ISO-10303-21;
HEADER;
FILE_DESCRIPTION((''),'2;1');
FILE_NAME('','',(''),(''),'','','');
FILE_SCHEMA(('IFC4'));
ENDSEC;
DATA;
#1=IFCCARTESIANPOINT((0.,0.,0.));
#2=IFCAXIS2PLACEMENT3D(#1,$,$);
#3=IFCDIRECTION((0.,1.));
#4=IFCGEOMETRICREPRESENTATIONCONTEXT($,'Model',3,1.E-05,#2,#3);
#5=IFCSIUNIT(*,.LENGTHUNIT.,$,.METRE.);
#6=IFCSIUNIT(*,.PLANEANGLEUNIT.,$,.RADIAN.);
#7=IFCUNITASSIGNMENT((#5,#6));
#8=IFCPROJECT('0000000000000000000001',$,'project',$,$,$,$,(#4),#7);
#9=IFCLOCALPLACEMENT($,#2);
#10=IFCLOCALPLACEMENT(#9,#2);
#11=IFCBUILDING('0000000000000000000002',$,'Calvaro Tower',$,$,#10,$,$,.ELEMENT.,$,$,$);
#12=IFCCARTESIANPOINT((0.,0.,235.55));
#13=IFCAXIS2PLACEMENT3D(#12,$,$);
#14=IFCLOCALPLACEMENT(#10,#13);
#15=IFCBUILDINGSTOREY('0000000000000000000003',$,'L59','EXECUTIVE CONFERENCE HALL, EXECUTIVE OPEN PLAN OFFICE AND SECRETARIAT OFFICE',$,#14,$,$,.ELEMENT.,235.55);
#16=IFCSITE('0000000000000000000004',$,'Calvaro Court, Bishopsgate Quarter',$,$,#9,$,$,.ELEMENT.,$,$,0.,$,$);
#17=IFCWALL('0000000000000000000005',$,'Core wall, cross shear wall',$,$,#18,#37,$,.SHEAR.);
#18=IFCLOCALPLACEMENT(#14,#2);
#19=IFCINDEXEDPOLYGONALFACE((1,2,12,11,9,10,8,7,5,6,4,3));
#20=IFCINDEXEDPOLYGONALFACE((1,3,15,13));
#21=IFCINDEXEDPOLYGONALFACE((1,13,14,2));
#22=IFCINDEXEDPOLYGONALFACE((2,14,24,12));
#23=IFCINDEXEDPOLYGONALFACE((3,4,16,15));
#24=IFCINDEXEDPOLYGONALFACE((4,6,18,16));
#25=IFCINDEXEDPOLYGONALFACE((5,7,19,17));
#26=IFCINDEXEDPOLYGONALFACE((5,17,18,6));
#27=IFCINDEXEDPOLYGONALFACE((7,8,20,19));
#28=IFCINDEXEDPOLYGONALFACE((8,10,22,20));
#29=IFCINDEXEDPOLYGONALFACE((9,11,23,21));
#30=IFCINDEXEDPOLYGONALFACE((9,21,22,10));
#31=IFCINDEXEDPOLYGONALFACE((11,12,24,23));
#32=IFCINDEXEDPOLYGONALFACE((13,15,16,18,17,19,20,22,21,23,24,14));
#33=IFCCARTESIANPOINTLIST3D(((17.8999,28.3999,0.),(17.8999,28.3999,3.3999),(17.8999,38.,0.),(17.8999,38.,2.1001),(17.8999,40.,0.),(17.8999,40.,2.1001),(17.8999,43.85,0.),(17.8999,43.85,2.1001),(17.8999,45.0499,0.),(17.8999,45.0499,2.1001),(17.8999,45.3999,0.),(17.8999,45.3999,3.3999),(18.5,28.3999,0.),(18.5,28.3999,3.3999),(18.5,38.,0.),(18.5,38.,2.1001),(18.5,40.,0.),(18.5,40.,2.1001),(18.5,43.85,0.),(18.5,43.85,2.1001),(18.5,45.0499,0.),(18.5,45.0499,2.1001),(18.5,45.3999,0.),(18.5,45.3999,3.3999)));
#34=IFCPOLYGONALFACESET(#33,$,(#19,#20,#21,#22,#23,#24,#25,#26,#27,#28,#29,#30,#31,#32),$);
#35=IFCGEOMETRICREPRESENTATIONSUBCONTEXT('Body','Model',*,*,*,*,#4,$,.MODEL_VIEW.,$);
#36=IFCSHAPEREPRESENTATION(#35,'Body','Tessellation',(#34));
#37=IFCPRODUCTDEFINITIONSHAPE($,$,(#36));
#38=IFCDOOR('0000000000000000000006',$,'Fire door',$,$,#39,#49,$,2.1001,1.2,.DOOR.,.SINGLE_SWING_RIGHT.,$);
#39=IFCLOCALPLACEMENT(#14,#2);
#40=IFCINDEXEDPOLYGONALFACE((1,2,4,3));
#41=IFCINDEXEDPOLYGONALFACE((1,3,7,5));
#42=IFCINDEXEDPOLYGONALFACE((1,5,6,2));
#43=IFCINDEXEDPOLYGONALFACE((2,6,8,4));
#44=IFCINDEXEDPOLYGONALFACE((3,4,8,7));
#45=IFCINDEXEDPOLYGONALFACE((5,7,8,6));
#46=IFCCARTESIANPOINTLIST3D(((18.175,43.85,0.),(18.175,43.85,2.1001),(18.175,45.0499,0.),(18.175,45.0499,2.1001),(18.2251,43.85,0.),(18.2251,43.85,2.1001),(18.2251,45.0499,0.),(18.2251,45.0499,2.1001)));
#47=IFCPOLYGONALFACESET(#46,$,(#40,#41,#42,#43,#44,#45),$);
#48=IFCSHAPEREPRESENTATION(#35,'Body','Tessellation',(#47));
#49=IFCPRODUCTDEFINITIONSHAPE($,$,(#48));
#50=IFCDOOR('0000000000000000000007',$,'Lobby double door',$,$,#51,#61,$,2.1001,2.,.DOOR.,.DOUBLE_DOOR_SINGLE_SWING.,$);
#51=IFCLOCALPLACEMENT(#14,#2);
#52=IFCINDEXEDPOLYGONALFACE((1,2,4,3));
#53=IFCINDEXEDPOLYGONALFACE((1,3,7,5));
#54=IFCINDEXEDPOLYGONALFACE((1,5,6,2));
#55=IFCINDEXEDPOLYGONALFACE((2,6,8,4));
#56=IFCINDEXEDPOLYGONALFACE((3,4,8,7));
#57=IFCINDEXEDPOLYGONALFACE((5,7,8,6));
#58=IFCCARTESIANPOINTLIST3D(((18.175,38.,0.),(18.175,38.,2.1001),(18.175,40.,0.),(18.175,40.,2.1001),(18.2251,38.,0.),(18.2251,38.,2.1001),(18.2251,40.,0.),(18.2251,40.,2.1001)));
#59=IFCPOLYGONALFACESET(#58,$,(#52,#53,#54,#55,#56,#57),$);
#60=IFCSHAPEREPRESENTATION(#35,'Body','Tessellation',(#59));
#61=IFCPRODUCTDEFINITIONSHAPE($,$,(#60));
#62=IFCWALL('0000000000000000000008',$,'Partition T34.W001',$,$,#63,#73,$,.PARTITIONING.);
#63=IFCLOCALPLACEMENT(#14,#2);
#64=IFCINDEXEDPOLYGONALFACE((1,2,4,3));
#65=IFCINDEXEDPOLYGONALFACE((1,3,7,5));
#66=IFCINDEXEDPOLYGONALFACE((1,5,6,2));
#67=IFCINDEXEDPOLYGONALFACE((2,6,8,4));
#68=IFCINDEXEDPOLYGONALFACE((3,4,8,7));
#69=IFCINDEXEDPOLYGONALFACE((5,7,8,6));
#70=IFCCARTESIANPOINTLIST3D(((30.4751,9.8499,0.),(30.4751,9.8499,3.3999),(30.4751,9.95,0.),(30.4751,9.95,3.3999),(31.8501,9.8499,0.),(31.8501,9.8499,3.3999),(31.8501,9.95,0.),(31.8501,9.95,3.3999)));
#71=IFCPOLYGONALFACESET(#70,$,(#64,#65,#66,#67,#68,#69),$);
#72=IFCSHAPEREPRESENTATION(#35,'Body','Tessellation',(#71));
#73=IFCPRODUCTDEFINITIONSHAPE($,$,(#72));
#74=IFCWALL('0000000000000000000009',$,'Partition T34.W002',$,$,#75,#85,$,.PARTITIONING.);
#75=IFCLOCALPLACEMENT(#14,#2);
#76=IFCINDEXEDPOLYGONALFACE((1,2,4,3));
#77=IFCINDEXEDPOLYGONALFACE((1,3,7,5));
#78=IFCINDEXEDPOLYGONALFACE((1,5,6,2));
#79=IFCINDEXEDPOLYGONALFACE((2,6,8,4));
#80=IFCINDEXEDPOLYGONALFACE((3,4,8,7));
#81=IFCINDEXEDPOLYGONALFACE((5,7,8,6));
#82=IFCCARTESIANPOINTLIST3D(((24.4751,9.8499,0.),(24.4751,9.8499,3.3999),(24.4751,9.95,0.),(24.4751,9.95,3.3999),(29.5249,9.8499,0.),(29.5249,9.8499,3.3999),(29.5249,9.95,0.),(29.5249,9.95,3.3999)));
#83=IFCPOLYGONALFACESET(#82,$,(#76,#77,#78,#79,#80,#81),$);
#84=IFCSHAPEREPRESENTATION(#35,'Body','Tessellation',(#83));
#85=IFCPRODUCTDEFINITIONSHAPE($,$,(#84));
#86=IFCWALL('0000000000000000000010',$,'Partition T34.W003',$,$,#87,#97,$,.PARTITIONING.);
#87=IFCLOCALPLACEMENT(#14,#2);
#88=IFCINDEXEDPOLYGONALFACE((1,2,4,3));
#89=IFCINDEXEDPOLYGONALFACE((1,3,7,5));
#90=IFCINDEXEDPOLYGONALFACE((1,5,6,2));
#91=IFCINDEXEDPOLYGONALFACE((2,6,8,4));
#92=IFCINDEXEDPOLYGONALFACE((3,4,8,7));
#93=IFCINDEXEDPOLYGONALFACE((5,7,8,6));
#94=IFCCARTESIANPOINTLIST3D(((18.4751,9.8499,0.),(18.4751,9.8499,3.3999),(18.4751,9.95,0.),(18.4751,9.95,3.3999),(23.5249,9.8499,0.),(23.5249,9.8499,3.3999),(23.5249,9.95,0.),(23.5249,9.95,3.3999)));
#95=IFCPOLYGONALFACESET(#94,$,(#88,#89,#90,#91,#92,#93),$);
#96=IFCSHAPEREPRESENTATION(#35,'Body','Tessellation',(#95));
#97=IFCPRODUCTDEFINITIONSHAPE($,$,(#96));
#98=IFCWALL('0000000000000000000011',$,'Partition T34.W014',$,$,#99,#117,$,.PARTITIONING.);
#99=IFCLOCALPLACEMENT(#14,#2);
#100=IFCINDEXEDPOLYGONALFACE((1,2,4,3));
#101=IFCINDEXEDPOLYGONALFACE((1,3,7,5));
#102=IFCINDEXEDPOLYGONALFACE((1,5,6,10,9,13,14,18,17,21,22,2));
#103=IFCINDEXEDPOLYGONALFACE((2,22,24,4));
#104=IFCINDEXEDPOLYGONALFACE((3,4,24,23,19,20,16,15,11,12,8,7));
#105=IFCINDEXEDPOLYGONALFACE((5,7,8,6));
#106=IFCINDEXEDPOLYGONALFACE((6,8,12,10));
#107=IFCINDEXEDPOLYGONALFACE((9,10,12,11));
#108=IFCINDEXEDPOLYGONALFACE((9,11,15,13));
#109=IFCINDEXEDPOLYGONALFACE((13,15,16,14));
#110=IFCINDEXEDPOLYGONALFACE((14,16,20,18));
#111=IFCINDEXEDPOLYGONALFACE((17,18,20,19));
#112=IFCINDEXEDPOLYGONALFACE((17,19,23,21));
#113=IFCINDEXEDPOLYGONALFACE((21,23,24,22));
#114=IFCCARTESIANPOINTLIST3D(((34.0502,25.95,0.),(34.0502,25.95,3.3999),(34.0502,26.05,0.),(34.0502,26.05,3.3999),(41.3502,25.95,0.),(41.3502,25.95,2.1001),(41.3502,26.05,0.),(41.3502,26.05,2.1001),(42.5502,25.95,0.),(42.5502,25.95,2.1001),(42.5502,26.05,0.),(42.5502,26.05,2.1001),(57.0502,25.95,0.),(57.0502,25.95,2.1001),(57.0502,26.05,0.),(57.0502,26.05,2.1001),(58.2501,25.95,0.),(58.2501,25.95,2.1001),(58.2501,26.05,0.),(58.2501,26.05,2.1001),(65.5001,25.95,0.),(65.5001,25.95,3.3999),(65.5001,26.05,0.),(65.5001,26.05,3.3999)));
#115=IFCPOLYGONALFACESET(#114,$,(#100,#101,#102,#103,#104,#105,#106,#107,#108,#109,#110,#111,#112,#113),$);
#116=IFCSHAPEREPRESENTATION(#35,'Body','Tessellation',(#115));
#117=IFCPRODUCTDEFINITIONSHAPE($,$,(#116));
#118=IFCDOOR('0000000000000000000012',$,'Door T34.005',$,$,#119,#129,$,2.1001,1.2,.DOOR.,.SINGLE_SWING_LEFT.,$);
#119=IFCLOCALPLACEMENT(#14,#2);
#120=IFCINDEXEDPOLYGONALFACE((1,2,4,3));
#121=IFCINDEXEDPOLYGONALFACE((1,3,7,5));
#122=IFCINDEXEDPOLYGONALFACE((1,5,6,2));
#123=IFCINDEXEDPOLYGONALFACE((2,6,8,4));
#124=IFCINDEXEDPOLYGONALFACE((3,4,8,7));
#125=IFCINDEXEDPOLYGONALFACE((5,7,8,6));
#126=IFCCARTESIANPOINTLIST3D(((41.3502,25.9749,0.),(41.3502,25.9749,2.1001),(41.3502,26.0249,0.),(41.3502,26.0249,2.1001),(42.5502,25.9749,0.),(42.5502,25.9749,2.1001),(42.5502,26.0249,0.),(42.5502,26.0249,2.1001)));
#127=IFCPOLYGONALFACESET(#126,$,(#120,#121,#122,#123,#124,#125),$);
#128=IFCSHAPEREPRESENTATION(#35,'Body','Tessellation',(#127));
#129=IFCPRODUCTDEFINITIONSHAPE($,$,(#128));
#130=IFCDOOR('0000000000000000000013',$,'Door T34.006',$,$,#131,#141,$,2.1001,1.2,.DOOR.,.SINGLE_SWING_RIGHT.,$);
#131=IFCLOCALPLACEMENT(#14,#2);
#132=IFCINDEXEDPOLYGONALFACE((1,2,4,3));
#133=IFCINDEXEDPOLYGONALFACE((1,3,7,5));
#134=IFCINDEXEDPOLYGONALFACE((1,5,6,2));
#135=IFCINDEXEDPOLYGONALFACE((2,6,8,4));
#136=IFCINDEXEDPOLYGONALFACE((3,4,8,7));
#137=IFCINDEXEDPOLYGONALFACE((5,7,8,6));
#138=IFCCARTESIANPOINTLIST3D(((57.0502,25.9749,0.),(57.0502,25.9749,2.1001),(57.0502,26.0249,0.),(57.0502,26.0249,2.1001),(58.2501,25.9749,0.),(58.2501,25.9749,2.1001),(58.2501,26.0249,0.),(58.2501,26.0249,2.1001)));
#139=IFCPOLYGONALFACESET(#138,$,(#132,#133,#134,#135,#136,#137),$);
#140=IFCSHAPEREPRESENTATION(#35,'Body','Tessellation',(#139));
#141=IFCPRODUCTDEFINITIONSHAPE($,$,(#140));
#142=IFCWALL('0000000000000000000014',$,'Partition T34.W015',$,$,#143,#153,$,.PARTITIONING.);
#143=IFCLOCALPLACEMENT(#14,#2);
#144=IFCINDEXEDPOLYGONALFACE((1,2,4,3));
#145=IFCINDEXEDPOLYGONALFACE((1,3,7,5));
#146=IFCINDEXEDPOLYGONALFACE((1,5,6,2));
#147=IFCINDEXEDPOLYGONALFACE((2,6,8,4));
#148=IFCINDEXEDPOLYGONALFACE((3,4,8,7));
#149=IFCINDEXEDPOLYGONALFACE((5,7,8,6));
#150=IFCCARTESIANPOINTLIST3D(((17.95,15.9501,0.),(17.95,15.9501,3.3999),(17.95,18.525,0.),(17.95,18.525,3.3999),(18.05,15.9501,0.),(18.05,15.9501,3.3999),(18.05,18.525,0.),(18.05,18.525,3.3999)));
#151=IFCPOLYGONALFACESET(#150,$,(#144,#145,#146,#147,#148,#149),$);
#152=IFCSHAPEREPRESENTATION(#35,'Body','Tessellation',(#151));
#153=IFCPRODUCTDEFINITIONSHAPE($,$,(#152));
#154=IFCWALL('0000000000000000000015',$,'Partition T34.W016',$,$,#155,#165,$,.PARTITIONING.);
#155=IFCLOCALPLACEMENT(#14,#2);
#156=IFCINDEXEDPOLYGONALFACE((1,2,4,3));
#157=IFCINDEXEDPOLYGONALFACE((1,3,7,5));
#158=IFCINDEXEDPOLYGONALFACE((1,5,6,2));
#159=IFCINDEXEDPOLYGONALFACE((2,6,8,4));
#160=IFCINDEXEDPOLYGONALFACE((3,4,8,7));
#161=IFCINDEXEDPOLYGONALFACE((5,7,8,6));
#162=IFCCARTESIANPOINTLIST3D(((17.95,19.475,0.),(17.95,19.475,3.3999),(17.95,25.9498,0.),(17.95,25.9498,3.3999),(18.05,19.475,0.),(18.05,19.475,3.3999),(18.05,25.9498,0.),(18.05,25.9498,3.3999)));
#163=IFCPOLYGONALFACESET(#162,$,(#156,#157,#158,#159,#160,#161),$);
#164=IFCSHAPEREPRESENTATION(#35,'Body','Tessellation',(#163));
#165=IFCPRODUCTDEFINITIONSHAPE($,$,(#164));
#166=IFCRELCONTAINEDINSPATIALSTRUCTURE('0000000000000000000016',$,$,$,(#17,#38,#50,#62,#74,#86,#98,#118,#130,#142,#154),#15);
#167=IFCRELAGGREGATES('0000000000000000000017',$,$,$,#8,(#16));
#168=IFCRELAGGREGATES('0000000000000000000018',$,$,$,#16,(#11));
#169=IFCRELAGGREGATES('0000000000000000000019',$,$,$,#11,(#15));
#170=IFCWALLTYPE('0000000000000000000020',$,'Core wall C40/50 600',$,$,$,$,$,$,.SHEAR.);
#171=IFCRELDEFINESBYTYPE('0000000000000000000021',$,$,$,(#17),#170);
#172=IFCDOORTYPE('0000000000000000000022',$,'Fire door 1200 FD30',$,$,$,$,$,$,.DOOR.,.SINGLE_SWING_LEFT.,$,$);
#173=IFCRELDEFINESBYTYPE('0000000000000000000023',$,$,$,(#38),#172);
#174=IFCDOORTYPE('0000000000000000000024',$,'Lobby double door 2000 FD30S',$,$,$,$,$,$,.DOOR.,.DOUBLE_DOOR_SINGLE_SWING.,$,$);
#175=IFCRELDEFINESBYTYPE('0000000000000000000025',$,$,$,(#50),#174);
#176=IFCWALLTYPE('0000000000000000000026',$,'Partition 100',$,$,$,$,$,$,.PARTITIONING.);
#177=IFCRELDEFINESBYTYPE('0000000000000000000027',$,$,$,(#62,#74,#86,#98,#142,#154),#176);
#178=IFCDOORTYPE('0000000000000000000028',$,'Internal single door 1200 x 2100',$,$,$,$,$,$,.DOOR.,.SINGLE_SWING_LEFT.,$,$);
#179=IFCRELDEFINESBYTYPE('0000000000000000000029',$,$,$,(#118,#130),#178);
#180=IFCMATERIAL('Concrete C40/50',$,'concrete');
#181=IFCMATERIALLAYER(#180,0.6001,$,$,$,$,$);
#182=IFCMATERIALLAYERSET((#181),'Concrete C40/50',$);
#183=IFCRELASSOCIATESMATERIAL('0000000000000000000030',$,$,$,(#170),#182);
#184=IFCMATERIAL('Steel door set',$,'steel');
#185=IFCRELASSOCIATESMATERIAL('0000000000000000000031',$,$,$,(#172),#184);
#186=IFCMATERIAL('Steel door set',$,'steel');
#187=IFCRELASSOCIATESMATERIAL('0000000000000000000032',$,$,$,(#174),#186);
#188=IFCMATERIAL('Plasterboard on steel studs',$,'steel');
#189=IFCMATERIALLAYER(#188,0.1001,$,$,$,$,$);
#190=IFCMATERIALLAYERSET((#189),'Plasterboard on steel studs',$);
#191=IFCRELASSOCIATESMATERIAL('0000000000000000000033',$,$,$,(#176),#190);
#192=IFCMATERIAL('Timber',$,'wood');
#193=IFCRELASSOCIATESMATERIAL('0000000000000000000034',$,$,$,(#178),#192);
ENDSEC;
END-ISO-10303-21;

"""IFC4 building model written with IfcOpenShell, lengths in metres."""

from ifc_helpers import new_model, si_unit, direction, frame, frame_2d, origin, place, context, subcontext, project, spatial, rectangle, extrude, material, layer, layer_set, type_object, element, fill, save


model = new_model("IFC4")

# Units and contexts
model_context = context("Model", 3, precision=1e-05, world=origin(), true_north=direction((0.0, 1.0)))
body_context = subcontext(model_context, "Body", "Model", "MODEL_VIEW")
ifc_project = project(units=[si_unit("LENGTHUNIT", "METRE"), si_unit("PLANEANGLEUNIT", "RADIAN")], contexts=[model_context])

# Site, building, storey
site_placement = place(None, origin())
site = spatial("IfcSite", under=ifc_project, at=site_placement, Name="Calvaro Court, Bishopsgate Quarter", CompositionType="ELEMENT", RefElevation=0.0)
building_placement = place(site_placement, origin())
building = spatial("IfcBuilding", under=site, at=building_placement, Name="Calvaro Tower", CompositionType="ELEMENT")
storey_placement = place(building_placement, frame((0.0, 0.0, 235.55)))
storey = spatial("IfcBuildingStorey", under=building, at=storey_placement, Name="L59", Description="EXECUTIVE CONFERENCE HALL, EXECUTIVE OPEN PLAN OFFICE AND SECRETARIAT OFFICE", CompositionType="ELEMENT", Elevation=235.55)

# Wall, openings, doors
ifc_material_1 = material(Name="Concrete C40/50", Category="concrete")
ifc_layer_1 = layer(ifc_material_1, 0.6001)
ifc_layer_set_1 = layer_set([ifc_layer_1], Name="Concrete C40/50")
wall_type_1 = type_object("IfcWallType", Name="Core wall C40/50 600", PredefinedType="SHEAR", material=ifc_layer_set_1)
wall_1_placement = place(storey_placement, frame((18.2, 28.3999, 0.0), z_axis=(0.0, 0.0, 1.0), x_axis=(0.0, 1.0, 0.0)))
wall_1 = element("IfcWall", 1, at=wall_1_placement, inside=storey, type_object=wall_type_1, Name="Core wall, cross shear wall", PredefinedType="SHEAR", context=body_context, shape_type="SweptSolid", body=[
    extrude(rectangle(XDim=17.0, YDim=0.6001, at=frame_2d((8.5, 0.0))), origin(), (0.0, 0.0, 1.0), 3.3999),
])
opening_1_placement = place(wall_1_placement, frame((9.6001, 0.0, 0.0)))
opening_1 = element("IfcOpeningElement", 2, at=opening_1_placement, cuts=wall_1, PredefinedType="OPENING", context=body_context, shape_type="SweptSolid", body=[
    extrude(rectangle(XDim=2.0, YDim=2.1001, at=frame_2d((1.0, 1.05))), frame((0.0, 0.3101, 0.0), z_axis=(0.0, -1.0, 0.0), x_axis=(1.0, 0.0, 0.0)), (0.0, 0.0, 1.0), 0.6201),
])
opening_2_placement = place(wall_1_placement, frame((15.45, 0.0, 0.0)))
opening_2 = element("IfcOpeningElement", 3, at=opening_2_placement, cuts=wall_1, PredefinedType="OPENING", context=body_context, shape_type="SweptSolid", body=[
    extrude(rectangle(XDim=1.2, YDim=2.1001, at=frame_2d((0.6001, 1.05))), frame((0.0, 0.3101, 0.0), z_axis=(0.0, -1.0, 0.0), x_axis=(1.0, 0.0, 0.0)), (0.0, 0.0, 1.0), 0.6201),
])
ifc_material_2 = material(Name="Steel door set", Category="steel")
door_type_1 = type_object("IfcDoorType", Name="Fire door 1200 FD30", OperationType="SINGLE_SWING_LEFT", PredefinedType="DOOR", material=ifc_material_2)
door_1_placement = place(opening_2_placement, origin())
door_1 = element("IfcDoor", 4, at=door_1_placement, inside=storey, type_object=door_type_1, Name="Fire door", OperationType="SINGLE_SWING_RIGHT", OverallHeight=2.1001, OverallWidth=1.2, PredefinedType="DOOR", context=body_context, shape_type="SweptSolid", body=[
    extrude(rectangle(XDim=1.2, YDim=2.1001, at=frame_2d((0.6001, 1.05))), frame((0.0, 0.0249, 0.0), z_axis=(0.0, -1.0, 0.0), x_axis=(1.0, 0.0, 0.0)), (0.0, 0.0, 1.0), 0.05),
])
fill(opening_2, door_1)
ifc_material_3 = material(Name="Steel door set", Category="steel")
door_type_2 = type_object("IfcDoorType", Name="Lobby double door 2000 FD30S", OperationType="DOUBLE_DOOR_SINGLE_SWING", PredefinedType="DOOR", material=ifc_material_3)
door_2_placement = place(opening_1_placement, origin())
door_2 = element("IfcDoor", 5, at=door_2_placement, inside=storey, type_object=door_type_2, Name="Lobby double door", OperationType="DOUBLE_DOOR_SINGLE_SWING", OverallHeight=2.1001, OverallWidth=2.0, PredefinedType="DOOR", context=body_context, shape_type="SweptSolid", body=[
    extrude(rectangle(XDim=2.0, YDim=2.1001, at=frame_2d((1.0, 1.05))), frame((0.0, 0.0249, 0.0), z_axis=(0.0, -1.0, 0.0), x_axis=(1.0, 0.0, 0.0)), (0.0, 0.0, 1.0), 0.05),
])
fill(opening_1, door_2)

# Walls
ifc_material_4 = material(Name="Plasterboard on steel studs", Category="steel")
ifc_layer_2 = layer(ifc_material_4, 0.1001)
ifc_layer_set_2 = layer_set([ifc_layer_2], Name="Plasterboard on steel studs")
wall_type_2 = type_object("IfcWallType", Name="Partition 100", PredefinedType="PARTITIONING", material=ifc_layer_set_2)
wall_2_placement = place(storey_placement, frame((30.4751, 9.8999, 0.0), z_axis=(0.0, 0.0, 1.0), x_axis=(1.0, 0.0, 0.0)))
element("IfcWall", 6, at=wall_2_placement, inside=storey, type_object=wall_type_2, Name="Partition T34.W001", PredefinedType="PARTITIONING", context=body_context, shape_type="SweptSolid", body=[
    extrude(rectangle(XDim=1.375, YDim=0.1001, at=frame_2d((0.6875, 0.0))), origin(), (0.0, 0.0, 1.0), 3.3999),
])
for number, where, z_axis, x_axis, name in (
    (7, (24.4751, 9.8999, 0.0), (0.0, 0.0, 1.0), (1.0, 0.0, 0.0), "Partition T34.W002"),
    (8, (18.4751, 9.8999, 0.0), (0.0, 0.0, 1.0), (1.0, 0.0, 0.0), "Partition T34.W003"),
):
    element("IfcWall", number, at=place(storey_placement, frame(where, z_axis=z_axis, x_axis=x_axis)), inside=storey, type_object=wall_type_2, Name=name, PredefinedType="PARTITIONING", context=body_context, shape_type="SweptSolid", body=[
        extrude(rectangle(XDim=5.0498, YDim=0.1001, at=frame_2d((2.5249, 0.0))), origin(), (0.0, 0.0, 1.0), 3.3999),
    ])

# Wall, openings, doors
wall_3_placement = place(storey_placement, frame((34.05, 26.0, 0.0), z_axis=(0.0, 0.0, 1.0), x_axis=(1.0, 0.0, 0.0)))
wall_3 = element("IfcWall", 9, at=wall_3_placement, inside=storey, type_object=wall_type_2, Name="Partition T34.W014", PredefinedType="PARTITIONING", context=body_context, shape_type="SweptSolid", body=[
    extrude(rectangle(XDim=31.45, YDim=0.1001, at=frame_2d((15.7251, 0.0))), origin(), (0.0, 0.0, 1.0), 3.3999),
])
opening_3_placement = place(wall_3_placement, frame((7.3, 0.0, 0.0)))
opening_3 = element("IfcOpeningElement", 10, at=opening_3_placement, cuts=wall_3, PredefinedType="OPENING", context=body_context, shape_type="SweptSolid", body=[
    extrude(rectangle(XDim=1.2, YDim=2.1001, at=frame_2d((0.6001, 1.05))), frame((0.0, 0.0601, 0.0), z_axis=(0.0, -1.0, 0.0), x_axis=(1.0, 0.0, 0.0)), (0.0, 0.0, 1.0), 0.1201),
])
opening_4_placement = place(wall_3_placement, frame((23.0, 0.0, 0.0)))
opening_4 = element("IfcOpeningElement", 11, at=opening_4_placement, cuts=wall_3, PredefinedType="OPENING", context=body_context, shape_type="SweptSolid", body=[
    extrude(rectangle(XDim=1.2, YDim=2.1001, at=frame_2d((0.6001, 1.05))), frame((0.0, 0.0601, 0.0), z_axis=(0.0, -1.0, 0.0), x_axis=(1.0, 0.0, 0.0)), (0.0, 0.0, 1.0), 0.1201),
])
ifc_material_5 = material(Name="Timber", Category="wood")
door_type_3 = type_object("IfcDoorType", Name="Internal single door 1200 x 2100", OperationType="SINGLE_SWING_LEFT", PredefinedType="DOOR", material=ifc_material_5)
door_3_placement = place(opening_3_placement, origin())
door_3 = element("IfcDoor", 12, at=door_3_placement, inside=storey, type_object=door_type_3, Name="Door T34.005", OperationType="SINGLE_SWING_LEFT", OverallHeight=2.1001, OverallWidth=1.2, PredefinedType="DOOR", context=body_context, shape_type="SweptSolid", body=[
    extrude(rectangle(XDim=1.2, YDim=2.1001, at=frame_2d((0.6001, 1.05))), frame((0.0, 0.0249, 0.0), z_axis=(0.0, -1.0, 0.0), x_axis=(1.0, 0.0, 0.0)), (0.0, 0.0, 1.0), 0.05),
])
fill(opening_3, door_3)
door_4_placement = place(opening_4_placement, origin())
door_4 = element("IfcDoor", 13, at=door_4_placement, inside=storey, type_object=door_type_3, Name="Door T34.006", OperationType="SINGLE_SWING_RIGHT", OverallHeight=2.1001, OverallWidth=1.2, PredefinedType="DOOR", context=body_context, shape_type="SweptSolid", body=[
    extrude(rectangle(XDim=1.2, YDim=2.1001, at=frame_2d((0.6001, 1.05))), frame((0.0, 0.0249, 0.0), z_axis=(0.0, -1.0, 0.0), x_axis=(1.0, 0.0, 0.0)), (0.0, 0.0, 1.0), 0.05),
])
fill(opening_4, door_4)

# Walls
wall_4_placement = place(storey_placement, frame((18.0, 15.95, 0.0), z_axis=(0.0, 0.0, 1.0), x_axis=(0.0, 1.0, 0.0)))
element("IfcWall", 14, at=wall_4_placement, inside=storey, type_object=wall_type_2, Name="Partition T34.W015", PredefinedType="PARTITIONING", context=body_context, shape_type="SweptSolid", body=[
    extrude(rectangle(XDim=2.575, YDim=0.1001, at=frame_2d((1.2876, 0.0))), origin(), (0.0, 0.0, 1.0), 3.3999),
])
wall_5_placement = place(storey_placement, frame((18.0, 19.4751, 0.0), z_axis=(0.0, 0.0, 1.0), x_axis=(0.0, 1.0, 0.0)))
element("IfcWall", 15, at=wall_5_placement, inside=storey, type_object=wall_type_2, Name="Partition T34.W016", PredefinedType="PARTITIONING", context=body_context, shape_type="SweptSolid", body=[
    extrude(rectangle(XDim=6.4749, YDim=0.1001, at=frame_2d((3.2373, 0.0))), origin(), (0.0, 0.0, 1.0), 3.3999),
])

save(model, "model.ifc")
